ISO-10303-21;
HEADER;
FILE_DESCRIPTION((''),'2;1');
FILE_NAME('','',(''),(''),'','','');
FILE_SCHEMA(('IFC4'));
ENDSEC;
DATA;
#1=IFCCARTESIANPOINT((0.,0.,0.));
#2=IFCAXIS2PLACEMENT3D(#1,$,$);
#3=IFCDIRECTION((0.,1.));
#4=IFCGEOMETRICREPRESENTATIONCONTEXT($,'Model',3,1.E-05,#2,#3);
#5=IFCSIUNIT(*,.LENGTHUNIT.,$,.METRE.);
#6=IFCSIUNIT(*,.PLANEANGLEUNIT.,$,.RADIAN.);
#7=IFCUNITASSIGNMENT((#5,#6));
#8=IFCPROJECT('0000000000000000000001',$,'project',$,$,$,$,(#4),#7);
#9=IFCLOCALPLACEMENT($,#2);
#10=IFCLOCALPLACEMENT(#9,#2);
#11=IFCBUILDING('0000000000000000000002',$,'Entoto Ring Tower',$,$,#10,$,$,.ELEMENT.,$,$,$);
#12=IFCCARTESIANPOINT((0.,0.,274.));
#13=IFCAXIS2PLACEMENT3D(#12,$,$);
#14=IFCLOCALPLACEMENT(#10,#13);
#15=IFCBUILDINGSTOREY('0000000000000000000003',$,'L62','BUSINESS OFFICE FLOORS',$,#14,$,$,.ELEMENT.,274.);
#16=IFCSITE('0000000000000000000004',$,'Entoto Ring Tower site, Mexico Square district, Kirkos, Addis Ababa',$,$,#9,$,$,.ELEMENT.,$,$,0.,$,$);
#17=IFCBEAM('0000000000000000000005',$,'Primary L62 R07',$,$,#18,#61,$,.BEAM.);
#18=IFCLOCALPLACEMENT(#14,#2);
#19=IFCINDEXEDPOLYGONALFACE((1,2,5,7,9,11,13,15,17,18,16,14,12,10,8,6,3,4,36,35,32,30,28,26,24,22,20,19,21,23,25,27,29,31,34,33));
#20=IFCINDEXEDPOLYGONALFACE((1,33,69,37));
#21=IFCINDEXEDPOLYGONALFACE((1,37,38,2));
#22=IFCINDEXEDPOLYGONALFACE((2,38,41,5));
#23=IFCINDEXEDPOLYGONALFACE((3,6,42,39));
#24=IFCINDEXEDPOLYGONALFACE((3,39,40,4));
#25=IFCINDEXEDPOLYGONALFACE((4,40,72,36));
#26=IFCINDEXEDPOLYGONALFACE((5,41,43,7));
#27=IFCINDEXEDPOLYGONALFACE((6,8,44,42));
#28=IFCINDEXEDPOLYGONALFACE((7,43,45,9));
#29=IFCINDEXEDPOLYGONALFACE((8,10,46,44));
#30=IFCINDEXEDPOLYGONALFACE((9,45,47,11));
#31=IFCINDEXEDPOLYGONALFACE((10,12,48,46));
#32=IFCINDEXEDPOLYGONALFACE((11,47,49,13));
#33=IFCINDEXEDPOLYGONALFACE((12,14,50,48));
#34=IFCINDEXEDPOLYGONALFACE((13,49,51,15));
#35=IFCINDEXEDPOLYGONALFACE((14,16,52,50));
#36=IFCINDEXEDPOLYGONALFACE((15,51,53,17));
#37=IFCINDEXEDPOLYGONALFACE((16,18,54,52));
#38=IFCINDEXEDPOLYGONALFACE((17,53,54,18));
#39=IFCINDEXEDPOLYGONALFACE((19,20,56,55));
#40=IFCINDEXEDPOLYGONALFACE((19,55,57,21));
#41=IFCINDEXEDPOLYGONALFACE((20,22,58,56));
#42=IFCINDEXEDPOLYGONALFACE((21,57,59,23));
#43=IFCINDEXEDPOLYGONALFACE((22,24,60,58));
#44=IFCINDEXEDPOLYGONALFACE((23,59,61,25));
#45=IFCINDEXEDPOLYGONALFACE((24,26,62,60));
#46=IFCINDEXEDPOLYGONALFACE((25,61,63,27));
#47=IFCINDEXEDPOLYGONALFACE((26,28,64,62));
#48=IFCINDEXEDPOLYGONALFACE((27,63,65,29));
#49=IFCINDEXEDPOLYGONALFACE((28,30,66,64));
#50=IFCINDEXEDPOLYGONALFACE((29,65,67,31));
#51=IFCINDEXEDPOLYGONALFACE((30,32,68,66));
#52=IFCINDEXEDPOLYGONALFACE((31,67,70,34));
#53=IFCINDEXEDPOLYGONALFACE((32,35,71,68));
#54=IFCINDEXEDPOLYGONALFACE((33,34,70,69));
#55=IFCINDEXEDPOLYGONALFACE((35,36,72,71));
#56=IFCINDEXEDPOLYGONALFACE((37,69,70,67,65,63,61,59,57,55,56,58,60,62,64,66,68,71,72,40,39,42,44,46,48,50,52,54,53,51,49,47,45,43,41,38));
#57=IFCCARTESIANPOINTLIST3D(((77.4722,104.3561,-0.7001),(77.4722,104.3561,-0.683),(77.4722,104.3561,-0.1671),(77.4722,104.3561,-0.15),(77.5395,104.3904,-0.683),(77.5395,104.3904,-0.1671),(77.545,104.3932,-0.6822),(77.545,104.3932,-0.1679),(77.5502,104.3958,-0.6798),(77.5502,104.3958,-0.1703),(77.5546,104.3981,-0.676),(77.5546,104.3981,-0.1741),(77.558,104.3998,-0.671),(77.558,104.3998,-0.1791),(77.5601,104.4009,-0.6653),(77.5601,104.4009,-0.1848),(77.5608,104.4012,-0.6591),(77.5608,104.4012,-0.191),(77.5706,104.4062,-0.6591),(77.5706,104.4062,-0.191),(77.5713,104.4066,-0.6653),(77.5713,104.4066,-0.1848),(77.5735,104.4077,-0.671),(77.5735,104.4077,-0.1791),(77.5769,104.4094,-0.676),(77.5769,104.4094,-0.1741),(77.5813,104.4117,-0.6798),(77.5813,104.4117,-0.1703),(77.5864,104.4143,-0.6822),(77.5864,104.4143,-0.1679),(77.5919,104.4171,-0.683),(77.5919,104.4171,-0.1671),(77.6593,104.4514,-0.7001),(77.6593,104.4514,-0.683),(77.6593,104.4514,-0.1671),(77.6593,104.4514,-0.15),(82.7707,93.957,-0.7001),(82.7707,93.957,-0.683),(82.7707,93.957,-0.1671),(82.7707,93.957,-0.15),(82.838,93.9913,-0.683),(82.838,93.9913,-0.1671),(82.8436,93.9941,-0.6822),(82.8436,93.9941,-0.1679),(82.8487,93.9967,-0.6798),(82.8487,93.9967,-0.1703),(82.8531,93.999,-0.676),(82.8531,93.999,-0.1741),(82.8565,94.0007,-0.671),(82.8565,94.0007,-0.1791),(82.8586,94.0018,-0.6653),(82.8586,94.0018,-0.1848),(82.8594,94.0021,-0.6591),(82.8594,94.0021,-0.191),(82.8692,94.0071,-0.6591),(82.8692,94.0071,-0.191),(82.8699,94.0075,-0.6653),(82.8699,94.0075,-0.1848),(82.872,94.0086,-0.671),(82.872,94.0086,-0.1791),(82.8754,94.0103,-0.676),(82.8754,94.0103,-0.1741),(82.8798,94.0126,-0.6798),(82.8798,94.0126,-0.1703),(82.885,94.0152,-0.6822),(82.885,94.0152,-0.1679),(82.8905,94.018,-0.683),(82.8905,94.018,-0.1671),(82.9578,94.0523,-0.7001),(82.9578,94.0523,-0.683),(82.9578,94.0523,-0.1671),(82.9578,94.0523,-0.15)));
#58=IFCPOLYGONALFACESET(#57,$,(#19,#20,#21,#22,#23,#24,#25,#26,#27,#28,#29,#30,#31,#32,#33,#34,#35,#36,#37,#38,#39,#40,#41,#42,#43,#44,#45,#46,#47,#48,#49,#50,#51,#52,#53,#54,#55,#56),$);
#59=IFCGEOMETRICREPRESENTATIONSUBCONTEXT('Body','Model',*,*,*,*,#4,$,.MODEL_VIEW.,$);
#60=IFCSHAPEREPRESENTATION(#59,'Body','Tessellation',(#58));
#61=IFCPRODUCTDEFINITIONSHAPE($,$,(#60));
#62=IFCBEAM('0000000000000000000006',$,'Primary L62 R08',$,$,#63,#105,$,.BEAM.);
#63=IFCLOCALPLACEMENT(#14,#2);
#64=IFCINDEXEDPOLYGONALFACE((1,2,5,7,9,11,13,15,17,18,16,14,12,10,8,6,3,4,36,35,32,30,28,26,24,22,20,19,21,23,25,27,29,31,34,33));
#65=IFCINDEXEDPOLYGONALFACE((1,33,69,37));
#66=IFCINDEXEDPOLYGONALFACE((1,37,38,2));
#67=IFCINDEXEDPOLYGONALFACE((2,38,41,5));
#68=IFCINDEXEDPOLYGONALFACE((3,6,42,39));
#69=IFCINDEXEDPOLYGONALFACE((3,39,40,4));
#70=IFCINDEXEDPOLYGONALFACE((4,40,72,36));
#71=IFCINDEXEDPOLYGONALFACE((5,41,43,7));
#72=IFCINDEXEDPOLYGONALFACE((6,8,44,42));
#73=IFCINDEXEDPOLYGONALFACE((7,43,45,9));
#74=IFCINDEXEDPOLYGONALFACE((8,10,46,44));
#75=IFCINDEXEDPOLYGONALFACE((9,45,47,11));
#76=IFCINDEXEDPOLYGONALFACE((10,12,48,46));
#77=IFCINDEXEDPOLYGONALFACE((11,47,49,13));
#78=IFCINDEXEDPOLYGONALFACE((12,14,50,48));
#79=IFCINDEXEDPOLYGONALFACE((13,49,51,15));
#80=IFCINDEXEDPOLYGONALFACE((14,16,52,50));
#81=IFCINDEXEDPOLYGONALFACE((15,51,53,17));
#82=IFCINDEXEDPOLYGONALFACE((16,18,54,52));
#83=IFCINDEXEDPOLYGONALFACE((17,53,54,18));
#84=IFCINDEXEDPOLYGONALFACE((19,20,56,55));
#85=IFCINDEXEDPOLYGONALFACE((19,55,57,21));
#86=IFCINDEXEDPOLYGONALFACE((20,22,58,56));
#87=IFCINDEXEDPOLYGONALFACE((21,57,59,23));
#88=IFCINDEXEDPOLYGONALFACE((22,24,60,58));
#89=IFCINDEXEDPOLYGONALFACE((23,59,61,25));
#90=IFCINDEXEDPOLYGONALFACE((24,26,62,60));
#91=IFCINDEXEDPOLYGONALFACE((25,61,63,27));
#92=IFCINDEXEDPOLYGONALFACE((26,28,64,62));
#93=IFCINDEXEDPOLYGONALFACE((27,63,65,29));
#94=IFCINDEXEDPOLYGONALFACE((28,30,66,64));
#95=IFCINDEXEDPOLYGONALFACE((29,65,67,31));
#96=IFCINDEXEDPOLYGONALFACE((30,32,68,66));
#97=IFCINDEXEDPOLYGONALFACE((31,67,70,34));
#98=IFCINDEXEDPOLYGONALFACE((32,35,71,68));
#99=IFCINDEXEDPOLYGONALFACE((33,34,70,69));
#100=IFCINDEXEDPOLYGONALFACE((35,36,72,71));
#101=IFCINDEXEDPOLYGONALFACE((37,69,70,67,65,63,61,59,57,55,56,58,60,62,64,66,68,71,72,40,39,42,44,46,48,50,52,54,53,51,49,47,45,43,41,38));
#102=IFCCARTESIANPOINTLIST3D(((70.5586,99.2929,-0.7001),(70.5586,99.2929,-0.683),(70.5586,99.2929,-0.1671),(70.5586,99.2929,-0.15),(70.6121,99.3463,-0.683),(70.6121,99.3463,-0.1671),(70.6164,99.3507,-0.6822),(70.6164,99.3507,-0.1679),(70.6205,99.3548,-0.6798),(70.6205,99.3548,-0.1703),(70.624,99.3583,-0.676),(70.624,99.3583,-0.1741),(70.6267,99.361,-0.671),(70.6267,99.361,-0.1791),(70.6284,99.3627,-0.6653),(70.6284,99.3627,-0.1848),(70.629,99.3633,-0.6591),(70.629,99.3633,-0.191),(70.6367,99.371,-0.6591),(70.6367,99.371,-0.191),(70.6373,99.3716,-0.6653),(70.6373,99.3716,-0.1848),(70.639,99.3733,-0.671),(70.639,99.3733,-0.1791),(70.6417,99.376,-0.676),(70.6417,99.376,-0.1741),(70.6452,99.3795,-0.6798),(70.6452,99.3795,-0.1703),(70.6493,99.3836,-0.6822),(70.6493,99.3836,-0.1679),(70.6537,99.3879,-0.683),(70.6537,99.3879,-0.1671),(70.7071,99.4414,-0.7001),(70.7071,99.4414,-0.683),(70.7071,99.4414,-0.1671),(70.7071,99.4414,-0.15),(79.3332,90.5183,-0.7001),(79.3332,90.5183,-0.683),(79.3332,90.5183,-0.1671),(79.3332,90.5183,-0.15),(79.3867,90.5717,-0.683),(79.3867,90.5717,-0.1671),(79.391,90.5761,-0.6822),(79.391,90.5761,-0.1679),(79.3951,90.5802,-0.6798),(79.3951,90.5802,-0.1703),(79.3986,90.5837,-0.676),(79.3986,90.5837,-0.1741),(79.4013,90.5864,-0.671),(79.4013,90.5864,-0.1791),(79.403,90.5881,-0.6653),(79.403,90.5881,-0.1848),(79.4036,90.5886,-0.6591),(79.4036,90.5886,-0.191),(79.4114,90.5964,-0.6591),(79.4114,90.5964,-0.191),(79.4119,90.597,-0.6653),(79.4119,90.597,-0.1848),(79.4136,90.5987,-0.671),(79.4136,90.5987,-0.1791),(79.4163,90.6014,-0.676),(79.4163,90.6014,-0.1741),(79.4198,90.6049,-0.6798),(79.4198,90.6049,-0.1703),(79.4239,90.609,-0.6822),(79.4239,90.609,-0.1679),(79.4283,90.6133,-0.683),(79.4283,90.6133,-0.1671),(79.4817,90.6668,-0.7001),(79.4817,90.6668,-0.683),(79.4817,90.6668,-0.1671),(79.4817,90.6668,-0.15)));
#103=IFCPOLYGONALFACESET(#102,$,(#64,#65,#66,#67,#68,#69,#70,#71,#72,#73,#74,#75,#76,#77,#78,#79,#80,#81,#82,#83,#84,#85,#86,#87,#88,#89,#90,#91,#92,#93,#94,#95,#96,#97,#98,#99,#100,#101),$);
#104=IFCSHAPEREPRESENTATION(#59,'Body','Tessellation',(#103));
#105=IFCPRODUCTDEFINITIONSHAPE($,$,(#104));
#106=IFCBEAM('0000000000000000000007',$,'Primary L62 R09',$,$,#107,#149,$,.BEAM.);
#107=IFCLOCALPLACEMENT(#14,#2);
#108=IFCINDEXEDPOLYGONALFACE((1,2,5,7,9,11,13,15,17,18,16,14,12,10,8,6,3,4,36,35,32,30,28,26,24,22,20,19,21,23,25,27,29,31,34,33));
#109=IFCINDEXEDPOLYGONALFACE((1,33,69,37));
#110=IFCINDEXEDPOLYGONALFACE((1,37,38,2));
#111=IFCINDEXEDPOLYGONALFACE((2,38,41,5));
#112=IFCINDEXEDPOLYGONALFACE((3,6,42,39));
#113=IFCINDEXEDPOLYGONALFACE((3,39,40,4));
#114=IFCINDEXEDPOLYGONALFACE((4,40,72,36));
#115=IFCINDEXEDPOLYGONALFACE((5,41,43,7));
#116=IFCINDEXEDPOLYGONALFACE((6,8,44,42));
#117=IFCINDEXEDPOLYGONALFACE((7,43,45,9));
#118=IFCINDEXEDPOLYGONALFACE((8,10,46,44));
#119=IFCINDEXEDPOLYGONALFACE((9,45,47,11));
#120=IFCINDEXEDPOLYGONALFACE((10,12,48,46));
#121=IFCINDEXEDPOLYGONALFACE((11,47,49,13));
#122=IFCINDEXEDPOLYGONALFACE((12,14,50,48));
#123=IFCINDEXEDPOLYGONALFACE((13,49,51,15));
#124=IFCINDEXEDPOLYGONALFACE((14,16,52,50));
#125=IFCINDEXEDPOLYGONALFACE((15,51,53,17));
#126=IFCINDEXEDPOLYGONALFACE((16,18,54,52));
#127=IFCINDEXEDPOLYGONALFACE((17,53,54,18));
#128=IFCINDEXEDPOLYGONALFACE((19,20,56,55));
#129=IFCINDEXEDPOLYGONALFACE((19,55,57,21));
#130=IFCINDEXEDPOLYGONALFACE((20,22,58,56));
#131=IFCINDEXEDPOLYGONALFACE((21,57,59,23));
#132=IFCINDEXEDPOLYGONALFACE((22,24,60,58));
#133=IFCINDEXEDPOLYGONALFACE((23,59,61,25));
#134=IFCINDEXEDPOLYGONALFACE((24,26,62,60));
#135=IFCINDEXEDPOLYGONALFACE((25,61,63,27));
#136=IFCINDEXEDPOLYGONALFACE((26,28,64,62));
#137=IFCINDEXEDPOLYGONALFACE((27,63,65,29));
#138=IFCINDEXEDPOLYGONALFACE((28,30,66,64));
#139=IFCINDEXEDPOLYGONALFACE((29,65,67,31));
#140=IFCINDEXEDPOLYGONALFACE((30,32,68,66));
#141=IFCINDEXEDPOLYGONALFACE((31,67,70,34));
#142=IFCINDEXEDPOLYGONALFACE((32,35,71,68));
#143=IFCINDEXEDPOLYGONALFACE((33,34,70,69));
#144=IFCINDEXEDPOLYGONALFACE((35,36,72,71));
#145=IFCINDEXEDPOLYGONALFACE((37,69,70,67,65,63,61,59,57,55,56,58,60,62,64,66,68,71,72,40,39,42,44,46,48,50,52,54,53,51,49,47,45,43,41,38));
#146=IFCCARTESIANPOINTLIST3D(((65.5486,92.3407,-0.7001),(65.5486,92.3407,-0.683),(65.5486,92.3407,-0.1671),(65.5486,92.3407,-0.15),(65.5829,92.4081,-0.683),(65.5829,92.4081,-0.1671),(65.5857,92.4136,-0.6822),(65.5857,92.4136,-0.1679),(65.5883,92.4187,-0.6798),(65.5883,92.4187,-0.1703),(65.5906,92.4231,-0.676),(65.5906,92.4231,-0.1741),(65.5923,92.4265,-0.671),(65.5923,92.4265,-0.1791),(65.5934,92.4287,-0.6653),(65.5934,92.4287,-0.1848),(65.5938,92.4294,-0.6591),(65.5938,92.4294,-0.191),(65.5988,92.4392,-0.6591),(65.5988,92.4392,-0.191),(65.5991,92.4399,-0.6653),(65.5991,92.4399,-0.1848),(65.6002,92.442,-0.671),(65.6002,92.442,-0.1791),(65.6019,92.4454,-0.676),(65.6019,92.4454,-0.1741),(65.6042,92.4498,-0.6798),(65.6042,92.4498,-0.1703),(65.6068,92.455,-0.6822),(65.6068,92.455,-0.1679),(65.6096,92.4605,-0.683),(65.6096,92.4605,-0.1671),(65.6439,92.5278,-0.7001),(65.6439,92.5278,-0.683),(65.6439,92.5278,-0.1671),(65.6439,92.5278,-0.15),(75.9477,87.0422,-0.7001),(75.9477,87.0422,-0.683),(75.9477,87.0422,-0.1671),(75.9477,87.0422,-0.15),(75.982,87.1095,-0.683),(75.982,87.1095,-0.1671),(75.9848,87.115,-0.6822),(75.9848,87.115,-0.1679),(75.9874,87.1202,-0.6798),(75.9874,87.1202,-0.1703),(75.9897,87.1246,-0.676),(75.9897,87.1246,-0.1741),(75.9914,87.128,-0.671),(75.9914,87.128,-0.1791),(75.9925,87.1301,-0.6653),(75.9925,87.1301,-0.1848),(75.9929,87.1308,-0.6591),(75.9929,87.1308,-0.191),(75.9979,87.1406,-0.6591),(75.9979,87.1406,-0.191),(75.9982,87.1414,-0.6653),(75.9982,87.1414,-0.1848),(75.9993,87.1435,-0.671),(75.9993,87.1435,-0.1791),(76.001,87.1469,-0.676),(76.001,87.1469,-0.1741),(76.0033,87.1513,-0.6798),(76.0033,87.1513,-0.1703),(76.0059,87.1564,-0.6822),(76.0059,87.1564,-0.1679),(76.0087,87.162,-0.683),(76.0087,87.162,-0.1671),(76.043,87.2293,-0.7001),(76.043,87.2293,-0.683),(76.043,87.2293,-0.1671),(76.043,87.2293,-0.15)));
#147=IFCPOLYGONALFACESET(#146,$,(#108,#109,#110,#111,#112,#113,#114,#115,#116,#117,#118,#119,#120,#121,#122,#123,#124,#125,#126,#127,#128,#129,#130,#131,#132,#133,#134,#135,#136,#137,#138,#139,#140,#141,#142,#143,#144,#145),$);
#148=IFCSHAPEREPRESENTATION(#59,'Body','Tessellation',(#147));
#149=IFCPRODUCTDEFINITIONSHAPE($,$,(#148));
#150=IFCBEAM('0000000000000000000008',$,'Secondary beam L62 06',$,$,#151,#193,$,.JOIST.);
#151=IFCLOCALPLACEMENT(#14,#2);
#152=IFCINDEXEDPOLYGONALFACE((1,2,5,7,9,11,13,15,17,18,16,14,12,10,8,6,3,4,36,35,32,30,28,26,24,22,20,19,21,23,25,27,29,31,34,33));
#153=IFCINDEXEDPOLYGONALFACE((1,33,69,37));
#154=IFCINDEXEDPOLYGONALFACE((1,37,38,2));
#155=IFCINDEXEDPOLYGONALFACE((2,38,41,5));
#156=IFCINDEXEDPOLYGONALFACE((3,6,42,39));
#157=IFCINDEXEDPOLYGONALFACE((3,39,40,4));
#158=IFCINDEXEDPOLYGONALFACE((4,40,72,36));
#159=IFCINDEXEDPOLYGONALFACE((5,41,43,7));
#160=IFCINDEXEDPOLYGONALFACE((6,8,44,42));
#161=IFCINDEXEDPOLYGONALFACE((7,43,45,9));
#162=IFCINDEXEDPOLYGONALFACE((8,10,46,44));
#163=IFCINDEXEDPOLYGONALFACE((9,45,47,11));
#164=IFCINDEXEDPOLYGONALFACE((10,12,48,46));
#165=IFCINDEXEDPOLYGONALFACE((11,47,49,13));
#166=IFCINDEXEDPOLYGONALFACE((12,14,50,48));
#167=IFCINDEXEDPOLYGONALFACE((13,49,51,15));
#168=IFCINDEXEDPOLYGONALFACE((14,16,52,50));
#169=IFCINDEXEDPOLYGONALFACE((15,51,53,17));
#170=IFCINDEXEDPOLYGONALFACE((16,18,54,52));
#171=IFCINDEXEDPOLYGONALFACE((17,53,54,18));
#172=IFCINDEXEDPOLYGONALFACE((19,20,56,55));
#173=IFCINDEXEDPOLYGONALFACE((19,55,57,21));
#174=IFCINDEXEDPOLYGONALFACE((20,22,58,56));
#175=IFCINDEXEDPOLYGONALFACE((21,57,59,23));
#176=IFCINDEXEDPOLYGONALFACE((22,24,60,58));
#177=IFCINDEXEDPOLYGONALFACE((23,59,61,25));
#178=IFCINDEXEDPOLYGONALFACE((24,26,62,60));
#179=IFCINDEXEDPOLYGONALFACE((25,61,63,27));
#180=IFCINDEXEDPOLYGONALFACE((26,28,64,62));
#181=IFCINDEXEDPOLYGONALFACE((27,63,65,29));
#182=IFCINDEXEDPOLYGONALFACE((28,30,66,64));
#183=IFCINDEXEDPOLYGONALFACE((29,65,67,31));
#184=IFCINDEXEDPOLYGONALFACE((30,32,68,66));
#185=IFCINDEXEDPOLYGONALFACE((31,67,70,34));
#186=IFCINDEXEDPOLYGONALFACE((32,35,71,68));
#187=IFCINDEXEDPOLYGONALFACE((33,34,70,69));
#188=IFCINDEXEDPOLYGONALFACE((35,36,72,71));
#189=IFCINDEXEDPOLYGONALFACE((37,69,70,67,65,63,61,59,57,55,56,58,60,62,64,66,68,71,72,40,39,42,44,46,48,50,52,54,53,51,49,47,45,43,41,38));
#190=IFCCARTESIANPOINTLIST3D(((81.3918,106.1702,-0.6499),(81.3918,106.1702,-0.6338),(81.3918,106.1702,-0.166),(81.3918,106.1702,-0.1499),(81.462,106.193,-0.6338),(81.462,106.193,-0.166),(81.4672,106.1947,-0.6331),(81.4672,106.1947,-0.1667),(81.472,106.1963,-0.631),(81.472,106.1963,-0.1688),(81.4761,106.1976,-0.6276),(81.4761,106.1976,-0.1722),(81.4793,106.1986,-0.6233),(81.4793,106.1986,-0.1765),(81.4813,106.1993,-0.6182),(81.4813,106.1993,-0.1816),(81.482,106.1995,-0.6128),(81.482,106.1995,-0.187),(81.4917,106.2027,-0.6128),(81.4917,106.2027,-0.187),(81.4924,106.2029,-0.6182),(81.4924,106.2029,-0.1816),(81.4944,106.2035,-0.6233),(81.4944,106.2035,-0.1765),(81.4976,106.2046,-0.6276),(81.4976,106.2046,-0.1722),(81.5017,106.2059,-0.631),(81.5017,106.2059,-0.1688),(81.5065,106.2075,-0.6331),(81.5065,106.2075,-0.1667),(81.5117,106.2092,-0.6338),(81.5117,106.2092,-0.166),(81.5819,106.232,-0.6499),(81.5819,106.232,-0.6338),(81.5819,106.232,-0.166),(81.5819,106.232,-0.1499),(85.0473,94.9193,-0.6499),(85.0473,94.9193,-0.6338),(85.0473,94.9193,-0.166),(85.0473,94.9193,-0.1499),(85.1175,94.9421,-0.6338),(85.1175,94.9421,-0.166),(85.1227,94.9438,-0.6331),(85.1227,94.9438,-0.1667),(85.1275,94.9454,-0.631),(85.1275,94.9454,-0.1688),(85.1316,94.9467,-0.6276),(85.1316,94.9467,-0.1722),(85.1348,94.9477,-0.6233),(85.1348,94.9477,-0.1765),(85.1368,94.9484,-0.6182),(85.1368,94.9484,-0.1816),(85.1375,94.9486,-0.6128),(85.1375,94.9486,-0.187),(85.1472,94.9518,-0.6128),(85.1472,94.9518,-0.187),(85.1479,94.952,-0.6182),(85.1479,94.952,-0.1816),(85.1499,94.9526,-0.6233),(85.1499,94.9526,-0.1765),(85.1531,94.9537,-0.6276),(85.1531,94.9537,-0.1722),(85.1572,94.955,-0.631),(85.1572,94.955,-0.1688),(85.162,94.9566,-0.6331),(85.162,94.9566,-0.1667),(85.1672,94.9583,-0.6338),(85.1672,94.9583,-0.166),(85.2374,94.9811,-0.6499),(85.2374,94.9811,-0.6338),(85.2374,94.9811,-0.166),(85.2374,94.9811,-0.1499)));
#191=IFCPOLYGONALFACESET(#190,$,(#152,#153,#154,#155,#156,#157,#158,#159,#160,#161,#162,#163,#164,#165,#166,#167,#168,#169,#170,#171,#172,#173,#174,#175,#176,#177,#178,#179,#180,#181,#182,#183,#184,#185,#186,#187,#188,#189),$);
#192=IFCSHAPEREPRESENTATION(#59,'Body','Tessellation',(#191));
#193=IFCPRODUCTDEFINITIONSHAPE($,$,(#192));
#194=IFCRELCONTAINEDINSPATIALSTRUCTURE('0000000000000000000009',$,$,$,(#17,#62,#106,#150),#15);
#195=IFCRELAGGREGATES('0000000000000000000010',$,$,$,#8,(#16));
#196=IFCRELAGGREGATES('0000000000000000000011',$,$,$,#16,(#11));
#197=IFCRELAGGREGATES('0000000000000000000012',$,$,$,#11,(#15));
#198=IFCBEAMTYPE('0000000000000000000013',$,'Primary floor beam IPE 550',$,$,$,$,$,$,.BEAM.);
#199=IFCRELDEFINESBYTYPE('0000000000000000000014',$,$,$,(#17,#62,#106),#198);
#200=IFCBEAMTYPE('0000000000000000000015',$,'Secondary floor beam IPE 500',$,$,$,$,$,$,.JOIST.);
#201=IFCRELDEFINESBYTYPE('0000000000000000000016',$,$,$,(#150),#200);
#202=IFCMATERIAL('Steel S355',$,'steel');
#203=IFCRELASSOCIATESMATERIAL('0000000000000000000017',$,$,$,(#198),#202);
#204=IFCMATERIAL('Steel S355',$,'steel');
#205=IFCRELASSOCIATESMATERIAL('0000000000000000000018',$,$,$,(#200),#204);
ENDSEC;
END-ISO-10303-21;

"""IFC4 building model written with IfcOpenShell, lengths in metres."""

from ifc_helpers import new_model, si_unit, direction, frame, origin, origin_2d, place, context, subcontext, project, spatial, i_section, extrude, material, material_profile, profile_set, type_object, element, save


model = new_model("IFC4")

# Units and contexts
model_context = context("Model", 3, precision=1e-05, world=origin(), true_north=direction((0.0, 1.0)))
body_context = subcontext(model_context, "Body", "Model", "MODEL_VIEW")
ifc_project = project(units=[si_unit("LENGTHUNIT", "METRE"), si_unit("PLANEANGLEUNIT", "RADIAN")], contexts=[model_context])

# Site, building, storey
site_placement = place(None, origin())
site = spatial("IfcSite", under=ifc_project, at=site_placement, Name="Entoto Ring Tower site, Mexico Square district, Kirkos, Addis Ababa", CompositionType="ELEMENT", RefElevation=0.0)
building_placement = place(site_placement, origin())
building = spatial("IfcBuilding", under=site, at=building_placement, Name="Entoto Ring Tower", CompositionType="ELEMENT")
storey_placement = place(building_placement, frame((0.0, 0.0, 274.0)))
storey = spatial("IfcBuildingStorey", under=building, at=storey_placement, Name="L62", Description="BUSINESS OFFICE FLOORS", CompositionType="ELEMENT", Elevation=274.0)

# Beams
ifc_material_1 = material(Name="Steel S355", Category="steel")
ifc_material_profile_1 = material_profile(ifc_material_1, i_section(OverallWidth=0.21, OverallDepth=0.55, WebThickness=0.011, FlangeThickness=0.0171, FilletRadius=0.0239, at=origin_2d()), Name="IPE 550")
ifc_profile_set_1 = profile_set([ifc_material_profile_1], Name="Steel S355")
beam_type_1 = type_object("IfcBeamType", Name="Primary floor beam IPE 550", PredefinedType="BEAM", material=ifc_profile_set_1)
beam_1_placement = place(storey_placement, frame((82.8643, 94.0046, -0.425), z_axis=(-0.453987, 0.891009, 0.0), x_axis=(-0.891009, -0.453987, 0.0)))
element("IfcBeam", 1, at=beam_1_placement, inside=storey, type_object=beam_type_1, Name="Primary L62 R07", PredefinedType="BEAM", context=body_context, shape_type="SweptSolid", body=[
    extrude(i_section(OverallWidth=0.21, OverallDepth=0.55, WebThickness=0.011, FlangeThickness=0.0171, FilletRadius=0.0239, at=origin_2d()), origin(), (0.0, 0.0, 1.0), 11.6711),
])
beam_2_placement = place(storey_placement, frame((79.4075, 90.5925, -0.425), z_axis=(-0.707107, 0.707107, 0.0), x_axis=(-0.707107, -0.707107, 0.0)))
element("IfcBeam", 2, at=beam_2_placement, inside=storey, type_object=beam_type_1, Name="Primary L62 R08", PredefinedType="BEAM", context=body_context, shape_type="SweptSolid", body=[
    extrude(i_section(OverallWidth=0.21, OverallDepth=0.55, WebThickness=0.011, FlangeThickness=0.0171, FilletRadius=0.0239, at=origin_2d()), origin(), (0.0, 0.0, 1.0), 12.4092),
])
beam_3_placement = place(storey_placement, frame((75.9954, 87.1357, -0.425), z_axis=(-0.891009, 0.453987, 0.0), x_axis=(-0.453987, -0.891009, 0.0)))
element("IfcBeam", 3, at=beam_3_placement, inside=storey, type_object=beam_type_1, Name="Primary L62 R09", PredefinedType="BEAM", context=body_context, shape_type="SweptSolid", body=[
    extrude(i_section(OverallWidth=0.21, OverallDepth=0.55, WebThickness=0.011, FlangeThickness=0.0171, FilletRadius=0.0239, at=origin_2d()), origin(), (0.0, 0.0, 1.0), 11.6711),
])
ifc_material_2 = material(Name="Steel S355", Category="steel")
ifc_material_profile_2 = material_profile(ifc_material_2, i_section(OverallWidth=0.2, OverallDepth=0.5, WebThickness=0.0103, FlangeThickness=0.0161, FilletRadius=0.021, at=origin_2d()), Name="IPE 500")
ifc_profile_set_2 = profile_set([ifc_material_profile_2], Name="Steel S355")
beam_type_2 = type_object("IfcBeamType", Name="Secondary floor beam IPE 500", PredefinedType="JOIST", material=ifc_profile_set_2)
beam_4_placement = place(storey_placement, frame((85.1423, 94.9502, -0.3999), z_axis=(-0.309006, 0.95106, 0.0), x_axis=(-0.95106, -0.309006, 0.0)))
element("IfcBeam", 4, at=beam_4_placement, inside=storey, type_object=beam_type_2, Name="Secondary beam L62 06", PredefinedType="JOIST", context=body_context, shape_type="SweptSolid", body=[
    extrude(i_section(OverallWidth=0.2, OverallDepth=0.5, WebThickness=0.0103, FlangeThickness=0.0161, FilletRadius=0.021, at=origin_2d()), origin(), (0.0, 0.0, 1.0), 11.8298),
])

save(model, "model.ifc")
